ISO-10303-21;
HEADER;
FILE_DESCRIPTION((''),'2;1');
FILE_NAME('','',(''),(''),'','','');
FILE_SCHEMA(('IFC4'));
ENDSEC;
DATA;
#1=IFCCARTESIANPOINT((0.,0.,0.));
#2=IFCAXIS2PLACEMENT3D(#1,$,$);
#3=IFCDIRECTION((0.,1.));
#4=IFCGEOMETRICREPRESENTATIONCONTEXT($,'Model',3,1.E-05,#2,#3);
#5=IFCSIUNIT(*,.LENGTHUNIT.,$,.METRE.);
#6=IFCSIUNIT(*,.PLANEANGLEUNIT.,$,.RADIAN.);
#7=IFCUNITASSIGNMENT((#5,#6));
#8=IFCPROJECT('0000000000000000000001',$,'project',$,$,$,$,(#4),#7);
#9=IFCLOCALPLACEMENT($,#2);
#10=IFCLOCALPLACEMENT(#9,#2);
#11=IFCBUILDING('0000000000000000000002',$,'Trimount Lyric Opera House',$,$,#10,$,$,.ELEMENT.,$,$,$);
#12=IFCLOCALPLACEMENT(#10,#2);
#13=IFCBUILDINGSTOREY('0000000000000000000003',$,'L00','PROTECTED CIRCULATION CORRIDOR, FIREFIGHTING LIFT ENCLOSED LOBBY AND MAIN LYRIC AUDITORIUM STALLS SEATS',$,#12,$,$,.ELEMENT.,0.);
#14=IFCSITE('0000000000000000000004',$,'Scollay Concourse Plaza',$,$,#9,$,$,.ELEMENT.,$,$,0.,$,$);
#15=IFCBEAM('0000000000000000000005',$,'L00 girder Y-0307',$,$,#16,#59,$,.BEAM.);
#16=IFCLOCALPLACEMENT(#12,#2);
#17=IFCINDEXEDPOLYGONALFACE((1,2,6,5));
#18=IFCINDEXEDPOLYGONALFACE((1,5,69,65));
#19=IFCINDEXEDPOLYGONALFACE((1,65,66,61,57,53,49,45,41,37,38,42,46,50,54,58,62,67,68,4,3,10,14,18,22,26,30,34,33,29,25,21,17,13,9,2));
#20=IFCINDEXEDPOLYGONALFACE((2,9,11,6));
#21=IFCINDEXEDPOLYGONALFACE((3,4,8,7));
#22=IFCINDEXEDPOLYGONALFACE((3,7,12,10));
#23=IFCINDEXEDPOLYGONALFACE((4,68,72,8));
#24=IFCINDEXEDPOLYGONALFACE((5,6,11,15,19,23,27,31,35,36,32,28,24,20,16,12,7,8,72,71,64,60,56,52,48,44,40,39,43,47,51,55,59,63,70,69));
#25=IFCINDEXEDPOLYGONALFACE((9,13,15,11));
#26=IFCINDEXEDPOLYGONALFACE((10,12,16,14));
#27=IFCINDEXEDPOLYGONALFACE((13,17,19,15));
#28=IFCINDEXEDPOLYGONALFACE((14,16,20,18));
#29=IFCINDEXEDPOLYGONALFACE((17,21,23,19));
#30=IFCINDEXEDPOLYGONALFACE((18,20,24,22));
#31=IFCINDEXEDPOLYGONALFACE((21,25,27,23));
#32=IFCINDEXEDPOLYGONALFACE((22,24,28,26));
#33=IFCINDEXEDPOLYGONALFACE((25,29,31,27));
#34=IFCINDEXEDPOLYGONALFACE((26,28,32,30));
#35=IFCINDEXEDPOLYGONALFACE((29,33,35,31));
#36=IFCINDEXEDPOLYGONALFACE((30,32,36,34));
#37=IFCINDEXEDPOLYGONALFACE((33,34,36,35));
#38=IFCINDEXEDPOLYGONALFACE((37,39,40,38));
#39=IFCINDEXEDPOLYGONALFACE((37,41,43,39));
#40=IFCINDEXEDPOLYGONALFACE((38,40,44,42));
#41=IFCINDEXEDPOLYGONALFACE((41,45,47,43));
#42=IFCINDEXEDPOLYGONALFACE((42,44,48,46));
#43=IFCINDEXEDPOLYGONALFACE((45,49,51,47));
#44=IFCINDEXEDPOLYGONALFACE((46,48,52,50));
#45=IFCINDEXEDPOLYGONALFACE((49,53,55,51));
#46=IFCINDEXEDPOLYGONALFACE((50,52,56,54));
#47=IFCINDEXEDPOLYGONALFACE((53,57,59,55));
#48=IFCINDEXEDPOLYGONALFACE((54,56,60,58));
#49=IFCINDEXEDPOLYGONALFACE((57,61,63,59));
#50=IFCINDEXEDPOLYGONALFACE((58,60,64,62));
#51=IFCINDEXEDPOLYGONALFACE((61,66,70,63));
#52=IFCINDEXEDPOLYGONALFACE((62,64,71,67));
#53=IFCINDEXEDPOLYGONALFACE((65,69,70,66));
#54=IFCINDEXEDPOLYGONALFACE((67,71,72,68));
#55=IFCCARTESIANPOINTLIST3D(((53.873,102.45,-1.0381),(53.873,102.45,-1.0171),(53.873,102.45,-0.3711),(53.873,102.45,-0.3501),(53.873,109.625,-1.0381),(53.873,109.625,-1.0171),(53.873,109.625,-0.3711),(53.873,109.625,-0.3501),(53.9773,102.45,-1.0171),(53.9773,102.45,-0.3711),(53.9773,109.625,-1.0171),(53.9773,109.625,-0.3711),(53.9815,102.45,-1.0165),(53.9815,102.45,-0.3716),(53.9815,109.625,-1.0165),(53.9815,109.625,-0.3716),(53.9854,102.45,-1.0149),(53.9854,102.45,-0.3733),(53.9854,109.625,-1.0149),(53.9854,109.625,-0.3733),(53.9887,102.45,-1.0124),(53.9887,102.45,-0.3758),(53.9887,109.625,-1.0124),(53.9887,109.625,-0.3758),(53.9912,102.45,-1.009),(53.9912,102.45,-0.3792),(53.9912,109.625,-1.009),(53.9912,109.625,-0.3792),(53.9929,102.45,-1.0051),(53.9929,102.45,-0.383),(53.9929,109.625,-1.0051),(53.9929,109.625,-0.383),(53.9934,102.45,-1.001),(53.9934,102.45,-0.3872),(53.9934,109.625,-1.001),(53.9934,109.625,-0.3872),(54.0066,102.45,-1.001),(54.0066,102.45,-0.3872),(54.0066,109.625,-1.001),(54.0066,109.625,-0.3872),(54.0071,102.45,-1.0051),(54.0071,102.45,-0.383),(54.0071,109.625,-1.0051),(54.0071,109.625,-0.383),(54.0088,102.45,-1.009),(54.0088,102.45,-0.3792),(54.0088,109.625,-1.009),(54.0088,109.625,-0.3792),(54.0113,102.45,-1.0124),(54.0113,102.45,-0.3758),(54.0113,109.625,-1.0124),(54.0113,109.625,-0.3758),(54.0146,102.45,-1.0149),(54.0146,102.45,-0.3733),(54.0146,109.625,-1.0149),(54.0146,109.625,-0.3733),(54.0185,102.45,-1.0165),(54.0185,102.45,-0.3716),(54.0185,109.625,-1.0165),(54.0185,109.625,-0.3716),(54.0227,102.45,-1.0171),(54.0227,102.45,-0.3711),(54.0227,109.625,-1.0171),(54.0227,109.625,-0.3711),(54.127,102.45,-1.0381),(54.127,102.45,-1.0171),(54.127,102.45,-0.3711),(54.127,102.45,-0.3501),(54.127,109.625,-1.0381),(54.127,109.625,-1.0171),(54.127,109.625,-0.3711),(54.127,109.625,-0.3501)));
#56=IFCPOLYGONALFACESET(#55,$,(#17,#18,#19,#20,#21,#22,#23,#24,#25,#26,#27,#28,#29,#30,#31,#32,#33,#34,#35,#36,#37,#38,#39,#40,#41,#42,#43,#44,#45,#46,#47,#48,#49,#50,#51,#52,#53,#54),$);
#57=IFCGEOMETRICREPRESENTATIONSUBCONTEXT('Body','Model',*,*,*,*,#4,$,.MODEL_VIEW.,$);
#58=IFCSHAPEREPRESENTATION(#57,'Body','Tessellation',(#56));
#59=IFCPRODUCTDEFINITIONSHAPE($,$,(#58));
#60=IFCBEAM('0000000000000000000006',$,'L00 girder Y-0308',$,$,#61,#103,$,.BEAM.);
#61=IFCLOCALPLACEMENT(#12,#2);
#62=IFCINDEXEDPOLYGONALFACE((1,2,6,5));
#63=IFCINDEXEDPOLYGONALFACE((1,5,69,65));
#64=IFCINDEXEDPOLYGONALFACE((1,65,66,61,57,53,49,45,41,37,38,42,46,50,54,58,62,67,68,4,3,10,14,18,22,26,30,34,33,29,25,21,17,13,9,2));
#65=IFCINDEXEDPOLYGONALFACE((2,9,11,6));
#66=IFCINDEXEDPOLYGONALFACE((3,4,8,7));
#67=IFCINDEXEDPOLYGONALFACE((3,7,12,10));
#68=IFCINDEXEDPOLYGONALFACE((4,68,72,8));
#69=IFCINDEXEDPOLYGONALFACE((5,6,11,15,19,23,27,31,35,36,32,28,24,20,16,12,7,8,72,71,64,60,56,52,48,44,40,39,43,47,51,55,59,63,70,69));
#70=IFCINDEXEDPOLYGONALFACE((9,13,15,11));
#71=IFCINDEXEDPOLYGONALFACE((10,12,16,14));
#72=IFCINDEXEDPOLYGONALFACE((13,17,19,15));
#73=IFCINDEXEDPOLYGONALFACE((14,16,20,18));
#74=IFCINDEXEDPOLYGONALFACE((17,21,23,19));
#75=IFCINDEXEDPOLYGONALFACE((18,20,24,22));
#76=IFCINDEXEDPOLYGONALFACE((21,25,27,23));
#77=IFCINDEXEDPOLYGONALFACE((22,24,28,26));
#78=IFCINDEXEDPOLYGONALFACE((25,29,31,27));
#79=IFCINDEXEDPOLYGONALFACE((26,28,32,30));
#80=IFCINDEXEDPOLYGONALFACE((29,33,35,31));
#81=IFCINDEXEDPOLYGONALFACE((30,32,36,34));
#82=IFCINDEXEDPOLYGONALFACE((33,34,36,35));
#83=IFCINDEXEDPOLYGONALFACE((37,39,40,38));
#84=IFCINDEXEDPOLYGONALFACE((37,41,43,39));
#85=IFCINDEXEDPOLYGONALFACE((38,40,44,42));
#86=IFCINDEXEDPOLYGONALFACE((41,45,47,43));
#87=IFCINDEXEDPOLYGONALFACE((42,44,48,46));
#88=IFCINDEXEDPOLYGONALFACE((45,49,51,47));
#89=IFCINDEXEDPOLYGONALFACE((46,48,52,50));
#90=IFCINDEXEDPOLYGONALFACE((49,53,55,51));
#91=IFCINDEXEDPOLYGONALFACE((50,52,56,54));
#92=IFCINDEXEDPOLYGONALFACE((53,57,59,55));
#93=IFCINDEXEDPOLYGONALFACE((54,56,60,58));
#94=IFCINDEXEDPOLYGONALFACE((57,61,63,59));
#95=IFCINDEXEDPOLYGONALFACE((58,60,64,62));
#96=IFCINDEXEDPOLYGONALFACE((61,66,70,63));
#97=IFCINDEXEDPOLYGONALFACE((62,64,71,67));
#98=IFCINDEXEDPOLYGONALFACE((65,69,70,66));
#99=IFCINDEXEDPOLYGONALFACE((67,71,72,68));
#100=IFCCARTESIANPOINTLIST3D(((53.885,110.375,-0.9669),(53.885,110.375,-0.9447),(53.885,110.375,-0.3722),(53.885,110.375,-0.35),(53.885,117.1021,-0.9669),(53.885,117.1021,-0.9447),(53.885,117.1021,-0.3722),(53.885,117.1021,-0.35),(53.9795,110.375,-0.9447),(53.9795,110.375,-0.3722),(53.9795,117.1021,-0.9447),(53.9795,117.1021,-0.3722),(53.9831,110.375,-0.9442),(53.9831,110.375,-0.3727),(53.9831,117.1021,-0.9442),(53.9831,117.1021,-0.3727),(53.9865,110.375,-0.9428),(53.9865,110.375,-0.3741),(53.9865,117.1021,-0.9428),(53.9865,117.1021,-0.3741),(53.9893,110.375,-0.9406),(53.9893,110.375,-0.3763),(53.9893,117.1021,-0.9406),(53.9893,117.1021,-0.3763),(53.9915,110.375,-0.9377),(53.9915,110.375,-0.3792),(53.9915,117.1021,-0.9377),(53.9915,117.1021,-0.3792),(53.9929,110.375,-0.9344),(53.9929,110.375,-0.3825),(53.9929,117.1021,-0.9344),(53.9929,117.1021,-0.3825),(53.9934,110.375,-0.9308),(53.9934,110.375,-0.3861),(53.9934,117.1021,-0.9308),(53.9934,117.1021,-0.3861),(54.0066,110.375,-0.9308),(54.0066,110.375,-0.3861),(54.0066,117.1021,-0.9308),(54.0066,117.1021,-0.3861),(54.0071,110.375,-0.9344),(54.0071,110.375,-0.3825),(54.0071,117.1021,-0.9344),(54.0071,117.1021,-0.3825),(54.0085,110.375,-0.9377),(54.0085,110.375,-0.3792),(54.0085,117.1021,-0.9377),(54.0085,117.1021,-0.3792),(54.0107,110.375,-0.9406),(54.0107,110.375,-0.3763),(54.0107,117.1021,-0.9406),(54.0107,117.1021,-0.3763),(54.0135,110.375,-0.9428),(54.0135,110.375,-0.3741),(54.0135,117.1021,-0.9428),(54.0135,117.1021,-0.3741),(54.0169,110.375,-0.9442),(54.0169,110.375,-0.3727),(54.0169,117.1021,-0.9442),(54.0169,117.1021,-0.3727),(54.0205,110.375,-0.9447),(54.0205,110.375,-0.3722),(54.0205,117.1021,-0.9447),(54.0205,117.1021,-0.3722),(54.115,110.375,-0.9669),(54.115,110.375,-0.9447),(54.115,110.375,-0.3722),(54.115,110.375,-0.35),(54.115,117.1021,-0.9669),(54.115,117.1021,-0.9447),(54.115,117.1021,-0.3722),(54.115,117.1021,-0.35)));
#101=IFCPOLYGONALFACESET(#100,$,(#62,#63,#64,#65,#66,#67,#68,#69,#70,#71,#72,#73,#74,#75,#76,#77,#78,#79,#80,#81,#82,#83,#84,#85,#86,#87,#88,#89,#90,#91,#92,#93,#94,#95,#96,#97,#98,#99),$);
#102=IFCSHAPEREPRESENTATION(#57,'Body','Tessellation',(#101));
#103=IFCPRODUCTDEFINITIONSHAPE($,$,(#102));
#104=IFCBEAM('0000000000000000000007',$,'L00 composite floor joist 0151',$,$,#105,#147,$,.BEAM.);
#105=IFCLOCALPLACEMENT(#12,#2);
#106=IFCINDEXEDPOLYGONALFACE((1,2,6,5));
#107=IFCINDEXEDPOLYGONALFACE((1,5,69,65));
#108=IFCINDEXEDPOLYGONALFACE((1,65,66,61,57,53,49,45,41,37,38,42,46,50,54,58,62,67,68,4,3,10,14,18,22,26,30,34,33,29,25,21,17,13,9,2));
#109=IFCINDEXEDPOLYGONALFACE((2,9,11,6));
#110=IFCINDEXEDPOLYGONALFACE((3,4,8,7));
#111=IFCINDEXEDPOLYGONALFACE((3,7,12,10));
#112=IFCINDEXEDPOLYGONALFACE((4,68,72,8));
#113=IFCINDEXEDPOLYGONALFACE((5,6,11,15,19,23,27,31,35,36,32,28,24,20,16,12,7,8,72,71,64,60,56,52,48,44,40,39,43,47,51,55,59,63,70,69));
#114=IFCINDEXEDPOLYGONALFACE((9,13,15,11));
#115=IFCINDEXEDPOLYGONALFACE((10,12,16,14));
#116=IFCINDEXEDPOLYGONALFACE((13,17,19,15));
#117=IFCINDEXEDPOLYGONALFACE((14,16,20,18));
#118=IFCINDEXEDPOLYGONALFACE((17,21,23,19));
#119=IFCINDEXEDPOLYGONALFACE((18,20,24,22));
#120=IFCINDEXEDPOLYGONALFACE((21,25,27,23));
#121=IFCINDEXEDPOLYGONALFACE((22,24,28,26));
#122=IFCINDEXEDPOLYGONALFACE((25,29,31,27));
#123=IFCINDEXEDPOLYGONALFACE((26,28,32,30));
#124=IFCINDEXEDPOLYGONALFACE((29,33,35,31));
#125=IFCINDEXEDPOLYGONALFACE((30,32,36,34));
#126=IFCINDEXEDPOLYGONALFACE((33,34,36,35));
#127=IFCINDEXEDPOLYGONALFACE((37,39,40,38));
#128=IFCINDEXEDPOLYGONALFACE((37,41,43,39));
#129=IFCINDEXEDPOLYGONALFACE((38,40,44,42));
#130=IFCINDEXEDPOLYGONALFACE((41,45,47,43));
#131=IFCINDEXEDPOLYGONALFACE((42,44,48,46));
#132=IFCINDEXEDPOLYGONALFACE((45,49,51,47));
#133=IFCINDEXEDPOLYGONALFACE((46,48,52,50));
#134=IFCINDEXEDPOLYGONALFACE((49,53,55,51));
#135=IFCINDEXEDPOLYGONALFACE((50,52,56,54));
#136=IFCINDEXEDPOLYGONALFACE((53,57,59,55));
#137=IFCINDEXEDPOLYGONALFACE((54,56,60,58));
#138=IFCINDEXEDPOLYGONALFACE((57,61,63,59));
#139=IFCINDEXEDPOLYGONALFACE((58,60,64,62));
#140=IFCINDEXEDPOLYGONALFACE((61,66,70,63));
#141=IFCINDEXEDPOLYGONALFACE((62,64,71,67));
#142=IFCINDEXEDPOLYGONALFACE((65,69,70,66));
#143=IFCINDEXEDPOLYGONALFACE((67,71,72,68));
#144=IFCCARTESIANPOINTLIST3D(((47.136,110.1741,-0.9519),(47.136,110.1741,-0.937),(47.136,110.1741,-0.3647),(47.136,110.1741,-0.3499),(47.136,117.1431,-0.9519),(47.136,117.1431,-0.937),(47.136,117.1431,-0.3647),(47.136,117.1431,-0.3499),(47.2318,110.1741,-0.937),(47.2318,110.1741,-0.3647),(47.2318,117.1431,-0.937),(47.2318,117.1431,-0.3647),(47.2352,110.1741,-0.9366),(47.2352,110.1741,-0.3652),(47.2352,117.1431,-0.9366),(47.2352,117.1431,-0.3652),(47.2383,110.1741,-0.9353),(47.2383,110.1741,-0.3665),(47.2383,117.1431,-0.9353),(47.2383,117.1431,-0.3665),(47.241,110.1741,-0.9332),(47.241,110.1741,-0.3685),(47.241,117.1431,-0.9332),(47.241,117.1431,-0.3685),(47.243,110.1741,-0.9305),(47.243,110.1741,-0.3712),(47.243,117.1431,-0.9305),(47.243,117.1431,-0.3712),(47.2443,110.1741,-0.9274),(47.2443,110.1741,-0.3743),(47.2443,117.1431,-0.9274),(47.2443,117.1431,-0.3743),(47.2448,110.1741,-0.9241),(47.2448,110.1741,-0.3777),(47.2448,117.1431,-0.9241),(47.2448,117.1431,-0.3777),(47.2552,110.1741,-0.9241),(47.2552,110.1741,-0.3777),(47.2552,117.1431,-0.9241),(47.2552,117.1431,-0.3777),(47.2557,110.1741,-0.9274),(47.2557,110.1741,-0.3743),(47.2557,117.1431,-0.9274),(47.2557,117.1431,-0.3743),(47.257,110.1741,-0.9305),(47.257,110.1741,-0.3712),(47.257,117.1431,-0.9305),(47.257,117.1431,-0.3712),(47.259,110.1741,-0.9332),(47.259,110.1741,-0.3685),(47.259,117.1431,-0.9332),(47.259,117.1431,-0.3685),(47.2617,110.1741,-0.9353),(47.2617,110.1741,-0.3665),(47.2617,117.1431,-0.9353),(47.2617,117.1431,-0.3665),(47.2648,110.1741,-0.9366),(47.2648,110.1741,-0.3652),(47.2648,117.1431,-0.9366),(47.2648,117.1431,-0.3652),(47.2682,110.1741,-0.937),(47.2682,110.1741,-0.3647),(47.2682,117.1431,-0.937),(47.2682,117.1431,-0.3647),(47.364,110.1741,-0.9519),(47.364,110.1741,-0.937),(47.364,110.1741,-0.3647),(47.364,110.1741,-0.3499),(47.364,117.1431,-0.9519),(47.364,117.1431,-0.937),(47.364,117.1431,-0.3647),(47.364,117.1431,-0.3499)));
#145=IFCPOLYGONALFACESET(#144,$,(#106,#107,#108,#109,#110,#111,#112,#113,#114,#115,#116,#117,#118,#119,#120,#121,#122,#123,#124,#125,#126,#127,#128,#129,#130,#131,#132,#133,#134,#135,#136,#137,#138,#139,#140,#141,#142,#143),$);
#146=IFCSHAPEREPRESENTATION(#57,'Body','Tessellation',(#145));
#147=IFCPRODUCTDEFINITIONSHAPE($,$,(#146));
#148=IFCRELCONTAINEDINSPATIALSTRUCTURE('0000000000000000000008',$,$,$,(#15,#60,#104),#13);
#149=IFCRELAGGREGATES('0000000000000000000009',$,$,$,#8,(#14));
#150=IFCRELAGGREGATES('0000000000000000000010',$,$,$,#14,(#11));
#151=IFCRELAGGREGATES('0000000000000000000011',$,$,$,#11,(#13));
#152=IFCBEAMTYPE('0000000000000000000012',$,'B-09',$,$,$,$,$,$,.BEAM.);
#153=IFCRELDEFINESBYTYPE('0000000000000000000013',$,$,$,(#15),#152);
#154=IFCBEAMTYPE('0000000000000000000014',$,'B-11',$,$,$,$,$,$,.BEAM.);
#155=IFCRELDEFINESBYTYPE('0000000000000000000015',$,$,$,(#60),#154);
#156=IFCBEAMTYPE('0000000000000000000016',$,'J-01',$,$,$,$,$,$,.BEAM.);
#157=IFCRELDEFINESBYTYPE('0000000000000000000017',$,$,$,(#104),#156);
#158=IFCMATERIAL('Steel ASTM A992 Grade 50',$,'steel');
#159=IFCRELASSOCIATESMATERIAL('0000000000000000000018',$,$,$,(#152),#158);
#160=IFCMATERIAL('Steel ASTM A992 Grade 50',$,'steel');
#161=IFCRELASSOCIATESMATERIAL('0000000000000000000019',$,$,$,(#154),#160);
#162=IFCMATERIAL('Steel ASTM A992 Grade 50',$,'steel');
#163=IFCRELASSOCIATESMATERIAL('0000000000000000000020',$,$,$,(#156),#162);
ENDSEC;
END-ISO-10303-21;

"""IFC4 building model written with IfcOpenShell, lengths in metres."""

from ifc_helpers import new_model, si_unit, direction, frame, origin, origin_2d, place, context, subcontext, project, spatial, i_section, extrude, material, material_profile, profile_set, type_object, element, save


model = new_model("IFC4")

# Units and contexts
model_context = context("Model", 3, precision=1e-05, world=origin(), true_north=direction((0.0, 1.0)))
body_context = subcontext(model_context, "Body", "Model", "MODEL_VIEW")
ifc_project = project(units=[si_unit("LENGTHUNIT", "METRE"), si_unit("PLANEANGLEUNIT", "RADIAN")], contexts=[model_context])

# Site, building, storey
site_placement = place(None, origin())
site = spatial("IfcSite", under=ifc_project, at=site_placement, Name="Scollay Concourse Plaza", CompositionType="ELEMENT", RefElevation=0.0)
building_placement = place(site_placement, origin())
building = spatial("IfcBuilding", under=site, at=building_placement, Name="Trimount Lyric Opera House", CompositionType="ELEMENT")
storey_placement = place(building_placement, origin())
storey = spatial("IfcBuildingStorey", under=building, at=storey_placement, Name="L00", Description="PROTECTED CIRCULATION CORRIDOR, FIREFIGHTING LIFT ENCLOSED LOBBY AND MAIN LYRIC AUDITORIUM STALLS SEATS", CompositionType="ELEMENT", Elevation=0.0)

# Beams
ifc_material_1 = material(Name="Steel ASTM A992 Grade 50", Category="steel")
ifc_material_profile_1 = material_profile(ifc_material_1, i_section(OverallWidth=0.2539, OverallDepth=0.688, WebThickness=0.0132, FlangeThickness=0.021, FilletRadius=0.0161, at=origin_2d()), Name="W27X102")
ifc_profile_set_1 = profile_set([ifc_material_profile_1], Name="Steel ASTM A992 Grade 50")
beam_type_1 = type_object("IfcBeamType", Name="B-09", PredefinedType="BEAM", material=ifc_profile_set_1)
beam_1_placement = place(storey_placement, frame((54.0, 102.45, -0.6941), z_axis=(0.0, 1.0, 0.0), x_axis=(-1.0, 0.0, 0.0)))
element("IfcBeam", 1, at=beam_1_placement, inside=storey, type_object=beam_type_1, Name="L00 girder Y-0307", PredefinedType="BEAM", context=body_context, shape_type="SweptSolid", body=[
    extrude(i_section(OverallWidth=0.2539, OverallDepth=0.688, WebThickness=0.0132, FlangeThickness=0.021, FilletRadius=0.0161, at=origin_2d()), origin(), (0.0, 0.0, 1.0), 7.175),
])
ifc_material_2 = material(Name="Steel ASTM A992 Grade 50", Category="steel")
ifc_material_profile_2 = material_profile(ifc_material_2, i_section(OverallWidth=0.23, OverallDepth=0.6169, WebThickness=0.0132, FlangeThickness=0.0222, FilletRadius=0.0139, at=origin_2d()), Name="W24X94")
ifc_profile_set_2 = profile_set([ifc_material_profile_2], Name="Steel ASTM A992 Grade 50")
beam_type_2 = type_object("IfcBeamType", Name="B-11", PredefinedType="BEAM", material=ifc_profile_set_2)
beam_2_placement = place(storey_placement, frame((54.0, 110.375, -0.6584), z_axis=(0.0, 1.0, 0.0), x_axis=(-1.0, 0.0, 0.0)))
element("IfcBeam", 2, at=beam_2_placement, inside=storey, type_object=beam_type_2, Name="L00 girder Y-0308", PredefinedType="BEAM", context=body_context, shape_type="SweptSolid", body=[
    extrude(i_section(OverallWidth=0.23, OverallDepth=0.6169, WebThickness=0.0132, FlangeThickness=0.0222, FilletRadius=0.0139, at=origin_2d()), origin(), (0.0, 0.0, 1.0), 6.7271),
])
ifc_material_3 = material(Name="Steel ASTM A992 Grade 50", Category="steel")
ifc_material_profile_3 = material_profile(ifc_material_3, i_section(OverallWidth=0.228, OverallDepth=0.6021, WebThickness=0.0105, FlangeThickness=0.0149, FilletRadius=0.0129, at=origin_2d()), Name="W24X68")
ifc_profile_set_3 = profile_set([ifc_material_profile_3], Name="Steel ASTM A992 Grade 50")
beam_type_3 = type_object("IfcBeamType", Name="J-01", PredefinedType="BEAM", material=ifc_profile_set_3)
beam_3_placement = place(storey_placement, frame((47.25, 110.1741, -0.6509), z_axis=(0.0, 1.0, 0.0), x_axis=(-1.0, 0.0, 0.0)))
element("IfcBeam", 3, at=beam_3_placement, inside=storey, type_object=beam_type_3, Name="L00 composite floor joist 0151", PredefinedType="BEAM", context=body_context, shape_type="SweptSolid", body=[
    extrude(i_section(OverallWidth=0.228, OverallDepth=0.6021, WebThickness=0.0105, FlangeThickness=0.0149, FilletRadius=0.0129, at=origin_2d()), origin(), (0.0, 0.0, 1.0), 6.969),
])

save(model, "model.ifc")
